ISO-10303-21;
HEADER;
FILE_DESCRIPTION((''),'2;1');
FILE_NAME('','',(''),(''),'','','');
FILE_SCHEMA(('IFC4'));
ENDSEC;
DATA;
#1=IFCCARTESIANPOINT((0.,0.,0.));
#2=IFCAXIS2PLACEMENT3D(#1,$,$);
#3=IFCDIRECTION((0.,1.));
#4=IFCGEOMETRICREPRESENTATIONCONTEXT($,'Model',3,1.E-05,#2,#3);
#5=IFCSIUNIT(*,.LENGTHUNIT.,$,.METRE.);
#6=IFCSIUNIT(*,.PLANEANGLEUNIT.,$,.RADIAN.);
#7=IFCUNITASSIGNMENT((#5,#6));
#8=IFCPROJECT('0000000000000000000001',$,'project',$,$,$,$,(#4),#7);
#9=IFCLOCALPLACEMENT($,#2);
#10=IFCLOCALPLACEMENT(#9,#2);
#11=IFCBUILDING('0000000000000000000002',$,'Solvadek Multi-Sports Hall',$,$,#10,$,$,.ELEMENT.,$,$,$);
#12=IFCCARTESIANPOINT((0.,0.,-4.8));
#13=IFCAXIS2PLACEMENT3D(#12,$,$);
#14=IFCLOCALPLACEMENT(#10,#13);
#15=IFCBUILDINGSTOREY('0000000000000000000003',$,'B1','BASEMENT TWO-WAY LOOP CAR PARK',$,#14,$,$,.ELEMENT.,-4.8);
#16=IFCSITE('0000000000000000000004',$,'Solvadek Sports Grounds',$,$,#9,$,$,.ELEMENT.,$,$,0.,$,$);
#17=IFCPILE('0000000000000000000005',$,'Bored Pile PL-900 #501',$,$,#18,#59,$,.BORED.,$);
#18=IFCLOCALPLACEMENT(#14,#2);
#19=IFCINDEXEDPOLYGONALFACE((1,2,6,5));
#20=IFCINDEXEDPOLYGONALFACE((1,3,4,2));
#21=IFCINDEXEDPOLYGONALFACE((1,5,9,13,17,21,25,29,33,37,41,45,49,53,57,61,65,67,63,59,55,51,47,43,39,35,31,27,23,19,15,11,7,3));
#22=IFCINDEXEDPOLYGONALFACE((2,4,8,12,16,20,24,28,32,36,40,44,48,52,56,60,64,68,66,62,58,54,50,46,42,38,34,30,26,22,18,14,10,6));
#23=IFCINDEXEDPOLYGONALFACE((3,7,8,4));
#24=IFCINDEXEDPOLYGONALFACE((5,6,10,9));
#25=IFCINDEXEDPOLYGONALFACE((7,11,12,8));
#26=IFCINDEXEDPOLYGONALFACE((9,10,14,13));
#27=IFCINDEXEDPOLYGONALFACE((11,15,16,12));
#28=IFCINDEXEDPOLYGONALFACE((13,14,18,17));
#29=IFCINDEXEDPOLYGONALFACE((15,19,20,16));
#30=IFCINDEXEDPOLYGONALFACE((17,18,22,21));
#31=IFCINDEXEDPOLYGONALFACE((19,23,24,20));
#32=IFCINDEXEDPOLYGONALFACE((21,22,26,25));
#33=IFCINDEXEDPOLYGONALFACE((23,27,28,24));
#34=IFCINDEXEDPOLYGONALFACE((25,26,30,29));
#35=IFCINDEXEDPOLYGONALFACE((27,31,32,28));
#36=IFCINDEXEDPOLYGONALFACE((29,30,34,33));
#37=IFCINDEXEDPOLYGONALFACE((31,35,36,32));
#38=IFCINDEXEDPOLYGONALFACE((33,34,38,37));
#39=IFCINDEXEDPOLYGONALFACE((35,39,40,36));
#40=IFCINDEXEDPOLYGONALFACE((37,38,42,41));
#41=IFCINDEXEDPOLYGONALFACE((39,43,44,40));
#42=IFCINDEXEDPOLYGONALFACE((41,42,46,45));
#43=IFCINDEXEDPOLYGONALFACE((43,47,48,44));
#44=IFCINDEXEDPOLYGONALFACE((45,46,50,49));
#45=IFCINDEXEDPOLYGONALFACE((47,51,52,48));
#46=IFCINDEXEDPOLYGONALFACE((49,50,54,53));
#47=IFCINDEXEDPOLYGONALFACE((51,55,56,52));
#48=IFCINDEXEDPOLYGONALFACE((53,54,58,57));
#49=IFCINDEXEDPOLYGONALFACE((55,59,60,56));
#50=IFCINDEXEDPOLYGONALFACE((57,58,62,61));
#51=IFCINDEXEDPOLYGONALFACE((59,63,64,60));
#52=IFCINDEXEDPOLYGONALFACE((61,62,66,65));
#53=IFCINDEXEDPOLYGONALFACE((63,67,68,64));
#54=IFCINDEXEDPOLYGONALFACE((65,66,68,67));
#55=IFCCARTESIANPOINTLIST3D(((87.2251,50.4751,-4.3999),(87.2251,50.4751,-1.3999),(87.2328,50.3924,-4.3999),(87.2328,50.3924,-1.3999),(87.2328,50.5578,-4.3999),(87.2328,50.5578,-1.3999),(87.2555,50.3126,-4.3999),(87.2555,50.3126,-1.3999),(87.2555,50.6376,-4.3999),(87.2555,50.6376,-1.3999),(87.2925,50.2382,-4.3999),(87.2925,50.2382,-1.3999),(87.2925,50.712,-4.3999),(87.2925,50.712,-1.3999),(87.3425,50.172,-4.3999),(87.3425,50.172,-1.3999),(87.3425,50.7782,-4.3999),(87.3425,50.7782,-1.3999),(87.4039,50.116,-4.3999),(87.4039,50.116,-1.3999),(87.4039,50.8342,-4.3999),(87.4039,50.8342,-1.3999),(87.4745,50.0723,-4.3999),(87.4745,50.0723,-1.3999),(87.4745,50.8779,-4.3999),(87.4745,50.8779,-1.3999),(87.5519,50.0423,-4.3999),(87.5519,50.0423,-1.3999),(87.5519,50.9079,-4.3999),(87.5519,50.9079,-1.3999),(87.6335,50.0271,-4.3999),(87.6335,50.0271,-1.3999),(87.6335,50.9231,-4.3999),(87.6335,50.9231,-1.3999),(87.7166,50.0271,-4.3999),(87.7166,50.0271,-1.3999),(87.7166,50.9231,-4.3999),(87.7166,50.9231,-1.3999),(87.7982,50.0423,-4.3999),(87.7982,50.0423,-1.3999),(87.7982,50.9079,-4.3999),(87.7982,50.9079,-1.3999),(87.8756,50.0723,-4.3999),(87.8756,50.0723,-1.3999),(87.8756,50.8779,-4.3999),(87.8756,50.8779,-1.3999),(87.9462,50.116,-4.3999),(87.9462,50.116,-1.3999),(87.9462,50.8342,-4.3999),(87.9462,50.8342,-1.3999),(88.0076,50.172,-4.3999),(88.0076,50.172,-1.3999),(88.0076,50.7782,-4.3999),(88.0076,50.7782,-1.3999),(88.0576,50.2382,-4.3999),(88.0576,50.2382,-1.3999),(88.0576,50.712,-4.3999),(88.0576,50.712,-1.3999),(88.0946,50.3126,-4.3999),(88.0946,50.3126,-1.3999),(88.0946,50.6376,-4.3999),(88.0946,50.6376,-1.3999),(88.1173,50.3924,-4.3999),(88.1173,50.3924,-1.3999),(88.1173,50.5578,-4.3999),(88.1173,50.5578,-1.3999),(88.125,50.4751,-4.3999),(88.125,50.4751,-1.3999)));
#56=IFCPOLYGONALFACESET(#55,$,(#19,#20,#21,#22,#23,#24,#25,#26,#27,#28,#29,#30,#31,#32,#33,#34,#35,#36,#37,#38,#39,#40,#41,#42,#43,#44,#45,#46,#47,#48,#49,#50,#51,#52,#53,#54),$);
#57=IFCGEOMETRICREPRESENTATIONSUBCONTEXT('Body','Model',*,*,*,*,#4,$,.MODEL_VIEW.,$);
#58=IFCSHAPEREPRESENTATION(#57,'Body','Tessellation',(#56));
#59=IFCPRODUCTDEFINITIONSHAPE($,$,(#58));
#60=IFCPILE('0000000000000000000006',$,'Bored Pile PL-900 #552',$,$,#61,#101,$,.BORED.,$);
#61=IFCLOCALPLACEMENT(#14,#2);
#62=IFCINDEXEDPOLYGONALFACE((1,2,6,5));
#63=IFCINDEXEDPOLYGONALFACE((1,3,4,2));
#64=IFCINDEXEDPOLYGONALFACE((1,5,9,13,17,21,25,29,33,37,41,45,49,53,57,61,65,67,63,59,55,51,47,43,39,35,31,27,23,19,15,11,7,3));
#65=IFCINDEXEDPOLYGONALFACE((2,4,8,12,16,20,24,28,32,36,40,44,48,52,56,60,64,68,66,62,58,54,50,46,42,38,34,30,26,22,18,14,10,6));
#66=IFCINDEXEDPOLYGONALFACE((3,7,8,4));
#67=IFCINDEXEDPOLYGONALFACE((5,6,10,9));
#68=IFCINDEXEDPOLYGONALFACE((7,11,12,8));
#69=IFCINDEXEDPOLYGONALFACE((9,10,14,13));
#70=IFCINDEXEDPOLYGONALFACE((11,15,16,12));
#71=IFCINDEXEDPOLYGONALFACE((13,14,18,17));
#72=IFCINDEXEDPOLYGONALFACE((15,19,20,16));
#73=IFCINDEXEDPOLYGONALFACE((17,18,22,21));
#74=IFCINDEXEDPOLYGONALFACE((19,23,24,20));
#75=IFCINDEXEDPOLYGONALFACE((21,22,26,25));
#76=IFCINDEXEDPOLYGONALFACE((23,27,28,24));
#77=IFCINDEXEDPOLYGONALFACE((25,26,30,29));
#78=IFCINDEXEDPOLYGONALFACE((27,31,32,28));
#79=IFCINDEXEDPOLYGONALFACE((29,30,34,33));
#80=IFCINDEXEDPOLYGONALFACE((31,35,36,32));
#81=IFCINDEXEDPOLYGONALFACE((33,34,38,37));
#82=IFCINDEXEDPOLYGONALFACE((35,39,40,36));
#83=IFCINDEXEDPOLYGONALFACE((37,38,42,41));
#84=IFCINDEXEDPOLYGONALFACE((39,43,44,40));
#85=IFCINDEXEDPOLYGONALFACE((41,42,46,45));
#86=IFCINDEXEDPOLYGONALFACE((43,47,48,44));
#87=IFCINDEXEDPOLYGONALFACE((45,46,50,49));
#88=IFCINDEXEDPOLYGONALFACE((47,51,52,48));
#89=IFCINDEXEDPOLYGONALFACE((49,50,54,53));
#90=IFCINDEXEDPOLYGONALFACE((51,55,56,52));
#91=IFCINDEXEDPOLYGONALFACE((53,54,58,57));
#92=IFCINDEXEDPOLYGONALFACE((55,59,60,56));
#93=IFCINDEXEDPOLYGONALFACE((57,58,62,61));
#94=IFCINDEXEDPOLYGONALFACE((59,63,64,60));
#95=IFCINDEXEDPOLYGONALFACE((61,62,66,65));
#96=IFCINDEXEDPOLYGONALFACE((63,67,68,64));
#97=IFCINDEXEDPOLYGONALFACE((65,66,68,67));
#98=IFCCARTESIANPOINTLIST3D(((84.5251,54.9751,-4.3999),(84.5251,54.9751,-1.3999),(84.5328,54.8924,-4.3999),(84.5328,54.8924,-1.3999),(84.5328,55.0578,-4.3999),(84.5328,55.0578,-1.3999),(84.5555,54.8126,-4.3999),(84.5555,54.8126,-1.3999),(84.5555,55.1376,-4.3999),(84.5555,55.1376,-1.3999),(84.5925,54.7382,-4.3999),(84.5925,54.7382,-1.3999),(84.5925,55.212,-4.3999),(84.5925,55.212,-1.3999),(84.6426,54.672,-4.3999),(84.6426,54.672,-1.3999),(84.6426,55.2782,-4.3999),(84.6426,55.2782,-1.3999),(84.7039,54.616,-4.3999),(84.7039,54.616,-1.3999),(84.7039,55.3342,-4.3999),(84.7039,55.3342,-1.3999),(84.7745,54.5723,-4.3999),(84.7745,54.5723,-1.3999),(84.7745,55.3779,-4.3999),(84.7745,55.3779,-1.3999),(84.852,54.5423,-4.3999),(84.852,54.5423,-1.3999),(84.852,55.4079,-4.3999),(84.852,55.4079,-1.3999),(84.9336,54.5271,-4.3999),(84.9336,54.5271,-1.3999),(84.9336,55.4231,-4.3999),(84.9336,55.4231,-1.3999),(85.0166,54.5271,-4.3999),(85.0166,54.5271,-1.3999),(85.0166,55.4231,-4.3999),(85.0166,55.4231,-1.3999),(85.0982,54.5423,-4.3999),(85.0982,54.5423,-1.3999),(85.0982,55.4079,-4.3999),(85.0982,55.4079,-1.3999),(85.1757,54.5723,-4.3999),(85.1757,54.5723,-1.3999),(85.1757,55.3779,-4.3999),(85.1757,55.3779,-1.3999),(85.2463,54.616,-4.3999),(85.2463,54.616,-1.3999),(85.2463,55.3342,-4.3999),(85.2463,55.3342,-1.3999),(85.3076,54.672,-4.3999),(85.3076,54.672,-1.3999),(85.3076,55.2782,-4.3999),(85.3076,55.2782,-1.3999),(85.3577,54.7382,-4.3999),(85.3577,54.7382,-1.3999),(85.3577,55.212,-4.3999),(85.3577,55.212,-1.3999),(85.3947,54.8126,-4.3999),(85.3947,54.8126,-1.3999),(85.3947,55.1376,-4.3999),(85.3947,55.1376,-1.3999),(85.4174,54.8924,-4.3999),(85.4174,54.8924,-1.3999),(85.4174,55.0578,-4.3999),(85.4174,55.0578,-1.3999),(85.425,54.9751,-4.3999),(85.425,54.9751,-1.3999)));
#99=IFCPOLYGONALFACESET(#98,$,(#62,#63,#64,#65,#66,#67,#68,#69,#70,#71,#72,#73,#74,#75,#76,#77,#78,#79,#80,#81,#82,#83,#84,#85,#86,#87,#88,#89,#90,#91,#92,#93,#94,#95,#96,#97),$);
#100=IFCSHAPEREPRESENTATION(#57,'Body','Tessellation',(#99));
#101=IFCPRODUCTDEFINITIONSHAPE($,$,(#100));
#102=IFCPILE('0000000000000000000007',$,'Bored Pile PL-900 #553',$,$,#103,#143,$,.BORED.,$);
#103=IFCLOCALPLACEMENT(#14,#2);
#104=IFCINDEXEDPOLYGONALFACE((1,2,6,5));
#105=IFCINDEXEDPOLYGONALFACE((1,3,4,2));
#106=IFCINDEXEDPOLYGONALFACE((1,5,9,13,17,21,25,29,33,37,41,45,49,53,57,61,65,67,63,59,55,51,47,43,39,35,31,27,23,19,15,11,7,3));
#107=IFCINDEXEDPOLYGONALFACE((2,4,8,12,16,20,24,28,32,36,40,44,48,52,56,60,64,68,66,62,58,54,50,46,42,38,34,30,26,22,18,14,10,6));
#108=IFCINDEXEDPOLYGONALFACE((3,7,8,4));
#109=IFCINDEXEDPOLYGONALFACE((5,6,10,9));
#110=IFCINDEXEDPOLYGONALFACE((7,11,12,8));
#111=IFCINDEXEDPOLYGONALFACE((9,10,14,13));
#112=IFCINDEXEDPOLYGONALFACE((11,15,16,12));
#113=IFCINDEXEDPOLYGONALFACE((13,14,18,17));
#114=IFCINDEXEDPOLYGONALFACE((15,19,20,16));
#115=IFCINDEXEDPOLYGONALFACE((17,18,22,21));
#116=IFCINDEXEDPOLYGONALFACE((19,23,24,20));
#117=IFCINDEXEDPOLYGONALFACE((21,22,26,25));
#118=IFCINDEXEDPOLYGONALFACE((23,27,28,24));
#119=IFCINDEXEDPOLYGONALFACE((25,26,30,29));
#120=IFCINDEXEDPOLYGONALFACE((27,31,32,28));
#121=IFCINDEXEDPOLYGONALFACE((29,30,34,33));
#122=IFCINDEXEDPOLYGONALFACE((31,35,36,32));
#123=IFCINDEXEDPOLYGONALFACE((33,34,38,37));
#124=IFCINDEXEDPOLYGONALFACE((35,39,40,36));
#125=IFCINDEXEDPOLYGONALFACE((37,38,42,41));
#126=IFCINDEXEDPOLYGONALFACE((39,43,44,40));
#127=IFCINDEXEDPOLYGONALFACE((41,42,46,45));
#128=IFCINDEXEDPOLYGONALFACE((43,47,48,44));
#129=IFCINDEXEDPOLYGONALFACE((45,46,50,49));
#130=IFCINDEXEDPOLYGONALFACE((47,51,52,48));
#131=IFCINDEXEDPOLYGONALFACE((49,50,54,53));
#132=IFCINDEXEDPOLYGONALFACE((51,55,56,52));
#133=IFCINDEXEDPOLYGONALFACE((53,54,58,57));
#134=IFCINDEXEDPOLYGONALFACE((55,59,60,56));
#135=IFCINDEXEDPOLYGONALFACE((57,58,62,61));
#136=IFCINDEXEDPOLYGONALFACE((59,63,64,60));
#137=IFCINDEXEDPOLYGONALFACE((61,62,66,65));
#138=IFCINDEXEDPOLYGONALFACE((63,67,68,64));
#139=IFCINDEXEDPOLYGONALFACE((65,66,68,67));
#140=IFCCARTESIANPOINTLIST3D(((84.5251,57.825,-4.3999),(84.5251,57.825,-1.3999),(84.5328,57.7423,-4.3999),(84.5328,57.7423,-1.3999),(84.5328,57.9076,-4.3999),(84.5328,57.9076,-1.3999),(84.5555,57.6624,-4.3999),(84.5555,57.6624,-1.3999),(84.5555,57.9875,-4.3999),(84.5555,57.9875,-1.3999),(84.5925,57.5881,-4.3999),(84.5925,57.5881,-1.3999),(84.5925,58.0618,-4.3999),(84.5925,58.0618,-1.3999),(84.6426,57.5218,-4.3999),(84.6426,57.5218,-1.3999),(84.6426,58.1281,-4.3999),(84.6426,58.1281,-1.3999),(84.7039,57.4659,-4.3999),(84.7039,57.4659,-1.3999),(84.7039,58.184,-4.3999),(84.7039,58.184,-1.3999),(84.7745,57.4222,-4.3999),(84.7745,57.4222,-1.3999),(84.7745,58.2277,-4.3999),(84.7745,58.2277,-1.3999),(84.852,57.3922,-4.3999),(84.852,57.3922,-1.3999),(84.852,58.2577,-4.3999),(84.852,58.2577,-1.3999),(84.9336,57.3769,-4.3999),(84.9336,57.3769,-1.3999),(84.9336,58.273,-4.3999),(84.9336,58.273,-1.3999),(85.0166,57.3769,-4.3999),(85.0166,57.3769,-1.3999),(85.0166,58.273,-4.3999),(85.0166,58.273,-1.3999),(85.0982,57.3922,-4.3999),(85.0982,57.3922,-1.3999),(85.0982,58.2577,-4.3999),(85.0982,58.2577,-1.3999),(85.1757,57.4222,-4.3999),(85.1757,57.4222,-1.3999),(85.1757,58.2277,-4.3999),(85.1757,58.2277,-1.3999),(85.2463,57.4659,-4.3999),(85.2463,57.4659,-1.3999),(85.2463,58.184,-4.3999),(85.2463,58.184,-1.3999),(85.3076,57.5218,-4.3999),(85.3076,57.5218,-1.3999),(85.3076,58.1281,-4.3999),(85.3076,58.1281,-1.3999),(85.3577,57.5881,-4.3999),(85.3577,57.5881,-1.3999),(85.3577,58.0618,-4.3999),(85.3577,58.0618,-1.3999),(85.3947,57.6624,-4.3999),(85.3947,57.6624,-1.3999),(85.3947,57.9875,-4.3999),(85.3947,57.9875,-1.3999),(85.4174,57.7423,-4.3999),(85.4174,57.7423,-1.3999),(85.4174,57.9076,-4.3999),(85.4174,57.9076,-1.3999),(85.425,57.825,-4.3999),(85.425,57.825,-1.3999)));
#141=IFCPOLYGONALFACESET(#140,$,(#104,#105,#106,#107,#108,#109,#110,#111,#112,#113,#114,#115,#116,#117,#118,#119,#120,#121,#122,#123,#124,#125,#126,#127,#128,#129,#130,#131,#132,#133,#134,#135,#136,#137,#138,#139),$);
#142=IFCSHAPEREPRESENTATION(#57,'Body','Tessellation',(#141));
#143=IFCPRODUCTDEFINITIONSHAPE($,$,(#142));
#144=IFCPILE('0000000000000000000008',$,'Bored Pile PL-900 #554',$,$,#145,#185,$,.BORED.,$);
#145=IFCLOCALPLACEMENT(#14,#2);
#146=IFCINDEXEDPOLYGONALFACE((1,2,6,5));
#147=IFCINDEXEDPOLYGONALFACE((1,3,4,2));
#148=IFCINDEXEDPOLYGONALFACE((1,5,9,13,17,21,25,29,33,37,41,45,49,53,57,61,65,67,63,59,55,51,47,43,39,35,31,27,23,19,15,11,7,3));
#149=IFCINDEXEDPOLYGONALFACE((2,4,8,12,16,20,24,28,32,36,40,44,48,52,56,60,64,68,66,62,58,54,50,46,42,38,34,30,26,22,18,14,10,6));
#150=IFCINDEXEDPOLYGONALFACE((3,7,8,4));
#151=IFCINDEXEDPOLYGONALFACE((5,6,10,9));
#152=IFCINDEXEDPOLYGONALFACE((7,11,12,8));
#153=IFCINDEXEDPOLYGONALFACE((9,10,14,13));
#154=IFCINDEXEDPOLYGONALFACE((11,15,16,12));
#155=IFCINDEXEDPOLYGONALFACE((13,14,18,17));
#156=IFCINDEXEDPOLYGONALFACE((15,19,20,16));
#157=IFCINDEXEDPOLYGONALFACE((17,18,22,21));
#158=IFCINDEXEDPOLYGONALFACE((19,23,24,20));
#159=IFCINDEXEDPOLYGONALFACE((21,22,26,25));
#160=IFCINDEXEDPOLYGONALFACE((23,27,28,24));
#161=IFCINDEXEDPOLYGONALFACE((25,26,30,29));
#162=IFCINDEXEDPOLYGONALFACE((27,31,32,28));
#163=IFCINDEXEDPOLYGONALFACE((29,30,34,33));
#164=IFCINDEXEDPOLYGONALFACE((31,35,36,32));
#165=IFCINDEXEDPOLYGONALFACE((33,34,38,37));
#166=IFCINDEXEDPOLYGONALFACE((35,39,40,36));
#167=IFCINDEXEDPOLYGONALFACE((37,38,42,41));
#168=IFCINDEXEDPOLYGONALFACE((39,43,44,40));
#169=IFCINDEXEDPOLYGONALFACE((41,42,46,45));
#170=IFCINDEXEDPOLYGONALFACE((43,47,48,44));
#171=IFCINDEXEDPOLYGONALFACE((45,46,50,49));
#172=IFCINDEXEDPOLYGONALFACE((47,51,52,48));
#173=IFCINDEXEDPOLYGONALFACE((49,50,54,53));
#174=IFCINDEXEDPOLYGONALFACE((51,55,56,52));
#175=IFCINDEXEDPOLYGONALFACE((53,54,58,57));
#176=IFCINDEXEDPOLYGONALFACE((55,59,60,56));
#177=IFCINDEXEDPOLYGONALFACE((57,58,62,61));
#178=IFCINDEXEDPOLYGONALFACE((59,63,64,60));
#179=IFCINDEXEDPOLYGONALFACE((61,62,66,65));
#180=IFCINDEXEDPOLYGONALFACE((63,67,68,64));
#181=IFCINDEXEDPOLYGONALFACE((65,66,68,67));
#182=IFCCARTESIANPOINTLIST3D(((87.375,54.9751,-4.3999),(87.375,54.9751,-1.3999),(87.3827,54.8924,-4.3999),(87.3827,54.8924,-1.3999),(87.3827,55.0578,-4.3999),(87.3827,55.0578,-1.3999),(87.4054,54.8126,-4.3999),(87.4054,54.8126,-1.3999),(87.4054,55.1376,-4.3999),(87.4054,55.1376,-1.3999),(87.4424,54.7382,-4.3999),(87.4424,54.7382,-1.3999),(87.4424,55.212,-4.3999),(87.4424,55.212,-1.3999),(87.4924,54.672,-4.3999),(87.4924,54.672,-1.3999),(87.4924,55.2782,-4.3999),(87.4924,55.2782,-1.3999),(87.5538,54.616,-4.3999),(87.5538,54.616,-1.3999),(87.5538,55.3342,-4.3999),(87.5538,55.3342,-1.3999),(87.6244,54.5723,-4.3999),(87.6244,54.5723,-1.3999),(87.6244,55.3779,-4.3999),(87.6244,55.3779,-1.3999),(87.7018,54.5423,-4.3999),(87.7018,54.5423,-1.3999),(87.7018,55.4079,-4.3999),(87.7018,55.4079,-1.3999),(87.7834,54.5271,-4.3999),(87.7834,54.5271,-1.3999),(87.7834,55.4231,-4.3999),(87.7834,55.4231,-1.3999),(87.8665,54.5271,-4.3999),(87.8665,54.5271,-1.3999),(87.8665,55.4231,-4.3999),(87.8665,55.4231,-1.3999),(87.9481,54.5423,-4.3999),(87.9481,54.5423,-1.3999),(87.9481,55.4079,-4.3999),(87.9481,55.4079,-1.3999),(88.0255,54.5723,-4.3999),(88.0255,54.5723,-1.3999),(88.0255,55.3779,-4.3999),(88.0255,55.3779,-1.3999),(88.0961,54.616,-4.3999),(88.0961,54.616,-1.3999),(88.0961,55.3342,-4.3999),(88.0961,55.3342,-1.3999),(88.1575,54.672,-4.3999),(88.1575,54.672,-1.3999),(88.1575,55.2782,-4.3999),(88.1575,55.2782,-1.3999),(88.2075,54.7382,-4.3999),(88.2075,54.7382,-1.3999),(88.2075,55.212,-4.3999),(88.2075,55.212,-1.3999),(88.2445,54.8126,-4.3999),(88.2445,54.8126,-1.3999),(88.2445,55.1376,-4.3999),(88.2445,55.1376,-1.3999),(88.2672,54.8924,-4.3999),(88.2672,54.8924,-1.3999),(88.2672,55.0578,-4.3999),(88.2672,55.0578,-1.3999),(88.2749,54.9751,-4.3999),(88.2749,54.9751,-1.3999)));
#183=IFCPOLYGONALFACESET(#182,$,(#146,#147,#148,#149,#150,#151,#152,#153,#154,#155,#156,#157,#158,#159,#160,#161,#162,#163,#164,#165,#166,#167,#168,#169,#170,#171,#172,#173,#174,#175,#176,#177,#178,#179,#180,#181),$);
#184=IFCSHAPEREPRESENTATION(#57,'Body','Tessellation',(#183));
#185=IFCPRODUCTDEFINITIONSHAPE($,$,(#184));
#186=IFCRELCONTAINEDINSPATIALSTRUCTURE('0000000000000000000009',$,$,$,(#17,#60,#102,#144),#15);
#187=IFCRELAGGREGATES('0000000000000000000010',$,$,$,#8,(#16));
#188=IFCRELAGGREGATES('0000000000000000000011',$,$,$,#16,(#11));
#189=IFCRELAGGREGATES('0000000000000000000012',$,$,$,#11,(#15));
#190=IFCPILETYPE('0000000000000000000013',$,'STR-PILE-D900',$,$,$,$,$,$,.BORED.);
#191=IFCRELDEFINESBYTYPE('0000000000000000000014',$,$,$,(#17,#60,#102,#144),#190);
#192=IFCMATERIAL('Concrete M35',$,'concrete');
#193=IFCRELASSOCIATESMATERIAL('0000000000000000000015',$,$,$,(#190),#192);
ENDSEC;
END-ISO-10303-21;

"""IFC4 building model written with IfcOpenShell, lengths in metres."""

from ifc_helpers import new_model, si_unit, direction, frame, origin, origin_2d, place, context, subcontext, project, spatial, circle, extrude, material, material_profile, profile_set, type_object, element, save


model = new_model("IFC4")

# Units and contexts
model_context = context("Model", 3, precision=1e-05, world=origin(), true_north=direction((0.0, 1.0)))
body_context = subcontext(model_context, "Body", "Model", "MODEL_VIEW")
ifc_project = project(units=[si_unit("LENGTHUNIT", "METRE"), si_unit("PLANEANGLEUNIT", "RADIAN")], contexts=[model_context])

# Site, building, storey
site_placement = place(None, origin())
site = spatial("IfcSite", under=ifc_project, at=site_placement, Name="Solvadek Sports Grounds", CompositionType="ELEMENT", RefElevation=0.0)
building_placement = place(site_placement, origin())
building = spatial("IfcBuilding", under=site, at=building_placement, Name="Solvadek Multi-Sports Hall", CompositionType="ELEMENT")
storey_placement = place(building_placement, frame((0.0, 0.0, -4.8)))
storey = spatial("IfcBuildingStorey", under=building, at=storey_placement, Name="B1", Description="BASEMENT TWO-WAY LOOP CAR PARK", CompositionType="ELEMENT", Elevation=-4.8)

# Piles
ifc_material_1 = material(Name="Concrete M35", Category="concrete")
ifc_material_profile_1 = material_profile(ifc_material_1, circle(Radius=0.45, at=origin_2d()), Name="BORED PILE D900")
ifc_profile_set_1 = profile_set([ifc_material_profile_1], Name="Concrete M35")
pile_type_1 = type_object("IfcPileType", Name="STR-PILE-D900", PredefinedType="BORED", material=ifc_profile_set_1)
for number, where, z_axis, x_axis, name in (
    (1, (87.675, 50.4751, -1.3999), (0.0, 0.0, -1.0), (1.0, 0.0, 0.0), "Bored Pile PL-900 #501"),
    (2, (84.9751, 54.9751, -1.3999), (0.0, 0.0, -1.0), (1.0, 0.0, 0.0), "Bored Pile PL-900 #552"),
    (3, (84.9751, 57.825, -1.3999), (0.0, 0.0, -1.0), (1.0, 0.0, 0.0), "Bored Pile PL-900 #553"),
    (4, (87.825, 54.9751, -1.3999), (0.0, 0.0, -1.0), (1.0, 0.0, 0.0), "Bored Pile PL-900 #554"),
):
    element("IfcPile", number, at=place(storey_placement, frame(where, z_axis=z_axis, x_axis=x_axis)), inside=storey, type_object=pile_type_1, Name=name, PredefinedType="BORED", context=body_context, shape_type="SweptSolid", body=[
        extrude(circle(Radius=0.45, at=origin_2d()), origin(), (0.0, 0.0, 1.0), 3.0),
    ])

save(model, "model.ifc")
